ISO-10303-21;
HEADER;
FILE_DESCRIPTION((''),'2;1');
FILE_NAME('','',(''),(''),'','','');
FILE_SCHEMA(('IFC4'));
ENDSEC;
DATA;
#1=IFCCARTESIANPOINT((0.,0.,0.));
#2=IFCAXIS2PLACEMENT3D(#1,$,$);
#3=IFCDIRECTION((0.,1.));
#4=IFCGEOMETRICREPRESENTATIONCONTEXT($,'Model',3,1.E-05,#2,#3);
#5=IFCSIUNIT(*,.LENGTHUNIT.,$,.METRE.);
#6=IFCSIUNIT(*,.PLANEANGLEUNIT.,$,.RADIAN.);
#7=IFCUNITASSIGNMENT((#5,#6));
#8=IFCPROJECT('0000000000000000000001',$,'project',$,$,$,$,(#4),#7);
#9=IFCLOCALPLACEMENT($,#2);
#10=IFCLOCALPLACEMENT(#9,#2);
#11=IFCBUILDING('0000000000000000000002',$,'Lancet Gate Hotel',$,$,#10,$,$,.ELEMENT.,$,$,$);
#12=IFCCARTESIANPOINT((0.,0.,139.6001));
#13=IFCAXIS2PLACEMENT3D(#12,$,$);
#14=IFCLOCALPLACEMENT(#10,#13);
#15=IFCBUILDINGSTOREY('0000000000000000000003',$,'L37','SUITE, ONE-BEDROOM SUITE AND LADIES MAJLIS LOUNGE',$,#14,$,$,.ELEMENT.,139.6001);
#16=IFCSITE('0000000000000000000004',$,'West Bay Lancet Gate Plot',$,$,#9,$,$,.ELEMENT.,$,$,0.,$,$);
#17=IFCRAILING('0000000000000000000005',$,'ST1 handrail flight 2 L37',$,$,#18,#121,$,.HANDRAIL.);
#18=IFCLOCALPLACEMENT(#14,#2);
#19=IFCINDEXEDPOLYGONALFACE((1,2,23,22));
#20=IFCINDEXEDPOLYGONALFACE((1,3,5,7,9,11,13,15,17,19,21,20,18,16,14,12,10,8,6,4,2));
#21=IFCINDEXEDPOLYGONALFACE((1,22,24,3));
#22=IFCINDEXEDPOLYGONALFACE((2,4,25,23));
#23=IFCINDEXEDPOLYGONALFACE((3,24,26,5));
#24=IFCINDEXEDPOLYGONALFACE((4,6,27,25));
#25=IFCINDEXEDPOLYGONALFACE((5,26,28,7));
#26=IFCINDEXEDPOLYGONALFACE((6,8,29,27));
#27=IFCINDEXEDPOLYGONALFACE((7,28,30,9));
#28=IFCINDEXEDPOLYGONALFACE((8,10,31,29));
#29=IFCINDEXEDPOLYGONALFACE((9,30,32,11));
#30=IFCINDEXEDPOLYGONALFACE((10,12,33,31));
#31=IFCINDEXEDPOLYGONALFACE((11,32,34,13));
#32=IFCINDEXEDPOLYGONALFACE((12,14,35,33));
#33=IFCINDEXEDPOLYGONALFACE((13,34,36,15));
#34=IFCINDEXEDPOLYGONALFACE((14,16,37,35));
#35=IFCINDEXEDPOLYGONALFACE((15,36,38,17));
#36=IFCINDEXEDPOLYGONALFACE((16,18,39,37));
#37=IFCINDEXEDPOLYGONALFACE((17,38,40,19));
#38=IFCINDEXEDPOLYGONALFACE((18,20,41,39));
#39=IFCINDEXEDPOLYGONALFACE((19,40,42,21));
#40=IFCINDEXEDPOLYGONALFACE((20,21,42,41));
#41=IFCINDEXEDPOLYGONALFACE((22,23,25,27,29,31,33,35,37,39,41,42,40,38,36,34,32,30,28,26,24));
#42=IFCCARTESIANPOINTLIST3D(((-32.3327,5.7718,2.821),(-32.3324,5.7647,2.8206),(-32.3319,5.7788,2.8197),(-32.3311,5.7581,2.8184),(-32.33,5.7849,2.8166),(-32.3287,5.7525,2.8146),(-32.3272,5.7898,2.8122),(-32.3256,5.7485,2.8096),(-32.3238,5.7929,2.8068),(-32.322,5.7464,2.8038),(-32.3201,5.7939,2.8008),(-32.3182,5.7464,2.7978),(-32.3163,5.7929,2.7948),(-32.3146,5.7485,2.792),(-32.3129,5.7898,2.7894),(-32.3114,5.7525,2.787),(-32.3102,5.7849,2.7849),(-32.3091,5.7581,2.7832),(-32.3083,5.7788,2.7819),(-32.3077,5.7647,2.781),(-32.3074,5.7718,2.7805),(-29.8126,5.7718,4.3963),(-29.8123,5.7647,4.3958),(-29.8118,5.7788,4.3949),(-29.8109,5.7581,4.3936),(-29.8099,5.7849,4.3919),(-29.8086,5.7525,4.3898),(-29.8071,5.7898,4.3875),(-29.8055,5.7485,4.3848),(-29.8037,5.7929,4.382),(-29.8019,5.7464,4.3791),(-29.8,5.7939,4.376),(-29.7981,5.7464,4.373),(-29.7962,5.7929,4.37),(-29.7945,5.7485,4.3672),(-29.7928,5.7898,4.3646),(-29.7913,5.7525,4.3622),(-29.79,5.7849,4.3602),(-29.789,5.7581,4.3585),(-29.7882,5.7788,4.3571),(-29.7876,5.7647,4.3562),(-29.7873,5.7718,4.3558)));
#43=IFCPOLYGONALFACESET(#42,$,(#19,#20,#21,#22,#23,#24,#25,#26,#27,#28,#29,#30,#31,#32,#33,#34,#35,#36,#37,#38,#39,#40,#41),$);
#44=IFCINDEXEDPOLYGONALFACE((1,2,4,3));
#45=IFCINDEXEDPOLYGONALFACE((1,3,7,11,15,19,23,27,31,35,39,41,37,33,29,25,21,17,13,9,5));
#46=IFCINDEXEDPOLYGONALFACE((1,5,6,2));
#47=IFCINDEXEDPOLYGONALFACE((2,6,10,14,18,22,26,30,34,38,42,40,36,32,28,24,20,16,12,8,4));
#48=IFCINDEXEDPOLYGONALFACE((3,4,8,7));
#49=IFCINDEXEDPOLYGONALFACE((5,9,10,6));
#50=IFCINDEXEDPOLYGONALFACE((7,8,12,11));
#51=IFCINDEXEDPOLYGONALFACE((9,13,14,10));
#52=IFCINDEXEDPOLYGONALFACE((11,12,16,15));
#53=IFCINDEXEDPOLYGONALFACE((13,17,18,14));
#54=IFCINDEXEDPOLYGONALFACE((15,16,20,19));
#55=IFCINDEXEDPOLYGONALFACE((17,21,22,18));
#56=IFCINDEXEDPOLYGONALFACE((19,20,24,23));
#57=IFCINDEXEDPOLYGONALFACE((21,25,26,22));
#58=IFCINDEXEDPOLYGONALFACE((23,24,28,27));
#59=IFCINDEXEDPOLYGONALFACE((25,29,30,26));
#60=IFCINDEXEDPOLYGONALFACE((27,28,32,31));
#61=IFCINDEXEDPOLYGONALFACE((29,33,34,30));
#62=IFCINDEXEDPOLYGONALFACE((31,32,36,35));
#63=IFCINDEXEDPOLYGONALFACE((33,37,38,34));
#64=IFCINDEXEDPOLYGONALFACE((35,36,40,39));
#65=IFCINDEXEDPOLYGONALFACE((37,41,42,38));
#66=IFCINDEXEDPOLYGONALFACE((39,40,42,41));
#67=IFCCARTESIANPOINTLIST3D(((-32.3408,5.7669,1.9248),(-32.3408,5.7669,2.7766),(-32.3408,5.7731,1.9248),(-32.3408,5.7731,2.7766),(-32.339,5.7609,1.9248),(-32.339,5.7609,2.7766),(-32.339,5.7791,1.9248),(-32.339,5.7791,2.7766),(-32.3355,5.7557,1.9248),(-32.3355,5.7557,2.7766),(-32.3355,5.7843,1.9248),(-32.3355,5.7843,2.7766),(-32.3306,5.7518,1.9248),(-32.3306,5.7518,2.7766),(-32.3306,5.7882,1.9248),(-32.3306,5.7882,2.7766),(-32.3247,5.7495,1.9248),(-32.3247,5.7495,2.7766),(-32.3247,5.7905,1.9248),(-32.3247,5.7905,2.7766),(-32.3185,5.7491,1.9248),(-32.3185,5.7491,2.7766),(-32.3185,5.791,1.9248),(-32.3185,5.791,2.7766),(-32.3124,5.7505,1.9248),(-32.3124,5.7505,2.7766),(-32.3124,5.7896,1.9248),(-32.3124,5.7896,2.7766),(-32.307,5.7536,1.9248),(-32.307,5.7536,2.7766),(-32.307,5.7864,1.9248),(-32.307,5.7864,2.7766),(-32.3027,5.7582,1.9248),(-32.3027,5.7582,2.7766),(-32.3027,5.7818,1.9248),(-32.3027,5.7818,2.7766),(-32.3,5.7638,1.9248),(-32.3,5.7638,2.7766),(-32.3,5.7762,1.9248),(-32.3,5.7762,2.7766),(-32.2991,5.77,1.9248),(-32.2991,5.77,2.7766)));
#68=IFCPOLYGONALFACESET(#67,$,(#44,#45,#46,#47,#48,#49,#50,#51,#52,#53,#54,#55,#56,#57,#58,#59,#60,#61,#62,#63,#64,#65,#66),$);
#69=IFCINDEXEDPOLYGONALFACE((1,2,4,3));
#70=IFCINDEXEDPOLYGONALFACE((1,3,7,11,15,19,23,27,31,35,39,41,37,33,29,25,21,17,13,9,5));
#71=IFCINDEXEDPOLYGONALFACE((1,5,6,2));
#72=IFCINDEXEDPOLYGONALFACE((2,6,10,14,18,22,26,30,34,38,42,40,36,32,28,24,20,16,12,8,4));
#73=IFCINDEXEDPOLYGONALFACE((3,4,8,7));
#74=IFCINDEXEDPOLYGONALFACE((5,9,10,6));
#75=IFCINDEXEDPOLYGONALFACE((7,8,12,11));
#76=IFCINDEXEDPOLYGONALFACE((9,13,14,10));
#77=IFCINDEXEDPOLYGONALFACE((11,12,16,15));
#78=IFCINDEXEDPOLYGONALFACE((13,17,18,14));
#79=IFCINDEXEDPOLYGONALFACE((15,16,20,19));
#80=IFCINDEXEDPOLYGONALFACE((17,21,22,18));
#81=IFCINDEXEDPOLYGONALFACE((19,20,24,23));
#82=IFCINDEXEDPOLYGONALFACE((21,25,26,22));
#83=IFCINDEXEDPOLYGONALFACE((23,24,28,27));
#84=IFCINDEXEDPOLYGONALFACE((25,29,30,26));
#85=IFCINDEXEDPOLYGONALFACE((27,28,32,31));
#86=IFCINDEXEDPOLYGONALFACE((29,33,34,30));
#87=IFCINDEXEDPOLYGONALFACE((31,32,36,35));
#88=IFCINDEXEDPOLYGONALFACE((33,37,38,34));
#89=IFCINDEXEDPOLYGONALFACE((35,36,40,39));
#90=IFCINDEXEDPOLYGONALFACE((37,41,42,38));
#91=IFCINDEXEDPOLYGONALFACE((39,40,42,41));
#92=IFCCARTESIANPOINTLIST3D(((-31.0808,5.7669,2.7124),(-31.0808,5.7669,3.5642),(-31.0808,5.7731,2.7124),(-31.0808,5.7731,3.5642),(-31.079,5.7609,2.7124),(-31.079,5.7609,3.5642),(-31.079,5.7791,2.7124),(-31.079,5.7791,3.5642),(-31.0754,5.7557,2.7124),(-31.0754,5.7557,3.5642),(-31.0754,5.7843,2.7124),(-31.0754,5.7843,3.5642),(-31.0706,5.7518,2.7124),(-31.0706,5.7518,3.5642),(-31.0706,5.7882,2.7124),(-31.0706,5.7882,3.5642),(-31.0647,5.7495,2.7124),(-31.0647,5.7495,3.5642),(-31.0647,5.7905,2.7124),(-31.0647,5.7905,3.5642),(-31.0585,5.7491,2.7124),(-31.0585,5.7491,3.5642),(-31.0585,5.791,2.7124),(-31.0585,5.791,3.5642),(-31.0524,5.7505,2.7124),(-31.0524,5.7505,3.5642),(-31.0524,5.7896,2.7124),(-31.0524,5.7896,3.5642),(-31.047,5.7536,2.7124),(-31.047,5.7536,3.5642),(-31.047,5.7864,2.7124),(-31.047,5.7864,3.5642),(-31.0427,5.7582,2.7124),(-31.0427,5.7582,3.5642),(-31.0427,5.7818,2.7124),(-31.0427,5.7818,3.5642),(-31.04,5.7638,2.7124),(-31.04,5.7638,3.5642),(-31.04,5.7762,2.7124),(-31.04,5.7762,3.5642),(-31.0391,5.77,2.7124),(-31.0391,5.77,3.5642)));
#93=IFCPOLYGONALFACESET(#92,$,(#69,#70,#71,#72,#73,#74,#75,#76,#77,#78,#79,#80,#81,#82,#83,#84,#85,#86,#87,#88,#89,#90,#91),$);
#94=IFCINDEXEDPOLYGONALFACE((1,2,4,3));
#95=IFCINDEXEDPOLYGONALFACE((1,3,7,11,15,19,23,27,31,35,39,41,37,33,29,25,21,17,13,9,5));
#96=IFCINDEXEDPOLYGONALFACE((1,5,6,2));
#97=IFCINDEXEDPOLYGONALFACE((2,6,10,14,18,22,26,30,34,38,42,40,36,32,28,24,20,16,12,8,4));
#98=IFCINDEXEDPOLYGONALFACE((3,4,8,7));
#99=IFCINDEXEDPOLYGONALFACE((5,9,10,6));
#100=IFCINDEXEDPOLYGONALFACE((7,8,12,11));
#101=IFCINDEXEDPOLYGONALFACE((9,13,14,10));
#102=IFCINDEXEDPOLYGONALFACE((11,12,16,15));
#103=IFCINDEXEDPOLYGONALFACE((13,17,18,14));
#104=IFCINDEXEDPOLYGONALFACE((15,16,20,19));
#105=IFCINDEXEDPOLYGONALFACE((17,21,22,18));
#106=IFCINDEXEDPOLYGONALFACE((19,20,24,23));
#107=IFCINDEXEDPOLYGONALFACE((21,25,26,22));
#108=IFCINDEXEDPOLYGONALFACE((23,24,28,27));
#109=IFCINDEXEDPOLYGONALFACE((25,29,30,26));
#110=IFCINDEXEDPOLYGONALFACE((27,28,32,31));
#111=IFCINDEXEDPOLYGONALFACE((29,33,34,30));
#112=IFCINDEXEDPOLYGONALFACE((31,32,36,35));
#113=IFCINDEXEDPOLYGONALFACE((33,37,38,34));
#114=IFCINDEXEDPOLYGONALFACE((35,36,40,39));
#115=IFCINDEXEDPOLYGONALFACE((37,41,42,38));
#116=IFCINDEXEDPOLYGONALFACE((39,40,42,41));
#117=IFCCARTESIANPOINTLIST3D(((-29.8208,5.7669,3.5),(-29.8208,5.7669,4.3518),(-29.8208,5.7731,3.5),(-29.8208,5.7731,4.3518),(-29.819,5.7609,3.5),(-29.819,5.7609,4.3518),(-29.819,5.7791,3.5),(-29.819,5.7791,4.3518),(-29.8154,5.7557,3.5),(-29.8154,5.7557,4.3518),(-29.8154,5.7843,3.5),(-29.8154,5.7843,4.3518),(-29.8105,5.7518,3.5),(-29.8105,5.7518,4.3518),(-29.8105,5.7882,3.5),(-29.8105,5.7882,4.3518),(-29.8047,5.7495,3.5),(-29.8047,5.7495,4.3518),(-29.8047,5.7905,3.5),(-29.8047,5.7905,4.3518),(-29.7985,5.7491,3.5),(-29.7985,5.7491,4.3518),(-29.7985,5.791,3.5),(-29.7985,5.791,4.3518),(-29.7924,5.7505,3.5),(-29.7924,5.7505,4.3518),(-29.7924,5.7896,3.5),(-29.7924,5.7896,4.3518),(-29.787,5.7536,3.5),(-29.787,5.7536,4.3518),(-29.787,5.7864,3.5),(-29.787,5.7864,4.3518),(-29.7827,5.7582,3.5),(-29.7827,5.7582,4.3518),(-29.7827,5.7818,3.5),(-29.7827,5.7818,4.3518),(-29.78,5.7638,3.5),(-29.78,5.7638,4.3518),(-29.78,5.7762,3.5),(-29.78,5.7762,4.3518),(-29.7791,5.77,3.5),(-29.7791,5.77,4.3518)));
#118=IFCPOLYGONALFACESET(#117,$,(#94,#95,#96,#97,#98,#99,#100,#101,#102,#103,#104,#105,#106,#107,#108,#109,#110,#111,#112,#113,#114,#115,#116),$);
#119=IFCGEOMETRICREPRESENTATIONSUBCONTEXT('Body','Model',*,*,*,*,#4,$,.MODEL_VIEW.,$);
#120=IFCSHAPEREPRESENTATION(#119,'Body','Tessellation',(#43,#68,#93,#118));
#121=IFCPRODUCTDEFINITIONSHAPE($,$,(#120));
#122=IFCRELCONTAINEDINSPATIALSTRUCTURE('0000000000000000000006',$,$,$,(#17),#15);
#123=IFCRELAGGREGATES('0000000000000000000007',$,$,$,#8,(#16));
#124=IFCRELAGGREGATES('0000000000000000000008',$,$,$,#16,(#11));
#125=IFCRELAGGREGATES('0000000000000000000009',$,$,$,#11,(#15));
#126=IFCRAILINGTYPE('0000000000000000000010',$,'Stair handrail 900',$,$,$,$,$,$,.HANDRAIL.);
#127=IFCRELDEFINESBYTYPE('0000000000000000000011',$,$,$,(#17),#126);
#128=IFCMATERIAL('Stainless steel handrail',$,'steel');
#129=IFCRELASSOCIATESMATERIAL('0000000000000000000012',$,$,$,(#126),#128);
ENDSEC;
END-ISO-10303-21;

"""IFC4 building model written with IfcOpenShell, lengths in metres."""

from ifc_helpers import new_model, si_unit, direction, frame, origin, origin_2d, place, context, subcontext, project, spatial, circle, extrude, material, type_object, element, save


model = new_model("IFC4")

# Units and contexts
model_context = context("Model", 3, precision=1e-05, world=origin(), true_north=direction((0.0, 1.0)))
body_context = subcontext(model_context, "Body", "Model", "MODEL_VIEW")
ifc_project = project(units=[si_unit("LENGTHUNIT", "METRE"), si_unit("PLANEANGLEUNIT", "RADIAN")], contexts=[model_context])

# Site, building, storey
site_placement = place(None, origin())
site = spatial("IfcSite", under=ifc_project, at=site_placement, Name="West Bay Lancet Gate Plot", CompositionType="ELEMENT", RefElevation=0.0)
building_placement = place(site_placement, origin())
building = spatial("IfcBuilding", under=site, at=building_placement, Name="Lancet Gate Hotel", CompositionType="ELEMENT")
storey_placement = place(building_placement, frame((0.0, 0.0, 139.6001)))
storey = spatial("IfcBuildingStorey", under=building, at=storey_placement, Name="L37", Description="SUITE, ONE-BEDROOM SUITE AND LADIES MAJLIS LOUNGE", CompositionType="ELEMENT", Elevation=139.6001)

# Railing
ifc_material_1 = material(Name="Stainless steel handrail", Category="steel")
railing_type = type_object("IfcRailingType", Name="Stair handrail 900", PredefinedType="HANDRAIL", material=ifc_material_1)
railing_placement = place(storey_placement, frame((-32.3201, 5.77, 1.9248)))
element("IfcRailing", 1, at=railing_placement, inside=storey, type_object=railing_type, Name="ST1 handrail flight 2 L37", PredefinedType="HANDRAIL", context=body_context, shape_type="SweptSolid", body=[
    extrude(circle(Radius=0.0239, at=origin_2d()), frame((0.0, 0.0, 0.876), z_axis=(0.847971, 0.0, 0.530043), x_axis=(0.0, 1.0, 0.0)), (0.0, 0.0, 1.0), 2.9719),
    extrude(circle(Radius=0.021, at=origin_2d()), origin(), (0.0, 0.0, 1.0), 0.8518),
    extrude(circle(Radius=0.021, at=origin_2d()), frame((1.26, 0.0, 0.7876)), (0.0, 0.0, 1.0), 0.8518),
    extrude(circle(Radius=0.021, at=origin_2d()), frame((2.52, 0.0, 1.5752)), (0.0, 0.0, 1.0), 0.8518),
])

save(model, "model.ifc")
